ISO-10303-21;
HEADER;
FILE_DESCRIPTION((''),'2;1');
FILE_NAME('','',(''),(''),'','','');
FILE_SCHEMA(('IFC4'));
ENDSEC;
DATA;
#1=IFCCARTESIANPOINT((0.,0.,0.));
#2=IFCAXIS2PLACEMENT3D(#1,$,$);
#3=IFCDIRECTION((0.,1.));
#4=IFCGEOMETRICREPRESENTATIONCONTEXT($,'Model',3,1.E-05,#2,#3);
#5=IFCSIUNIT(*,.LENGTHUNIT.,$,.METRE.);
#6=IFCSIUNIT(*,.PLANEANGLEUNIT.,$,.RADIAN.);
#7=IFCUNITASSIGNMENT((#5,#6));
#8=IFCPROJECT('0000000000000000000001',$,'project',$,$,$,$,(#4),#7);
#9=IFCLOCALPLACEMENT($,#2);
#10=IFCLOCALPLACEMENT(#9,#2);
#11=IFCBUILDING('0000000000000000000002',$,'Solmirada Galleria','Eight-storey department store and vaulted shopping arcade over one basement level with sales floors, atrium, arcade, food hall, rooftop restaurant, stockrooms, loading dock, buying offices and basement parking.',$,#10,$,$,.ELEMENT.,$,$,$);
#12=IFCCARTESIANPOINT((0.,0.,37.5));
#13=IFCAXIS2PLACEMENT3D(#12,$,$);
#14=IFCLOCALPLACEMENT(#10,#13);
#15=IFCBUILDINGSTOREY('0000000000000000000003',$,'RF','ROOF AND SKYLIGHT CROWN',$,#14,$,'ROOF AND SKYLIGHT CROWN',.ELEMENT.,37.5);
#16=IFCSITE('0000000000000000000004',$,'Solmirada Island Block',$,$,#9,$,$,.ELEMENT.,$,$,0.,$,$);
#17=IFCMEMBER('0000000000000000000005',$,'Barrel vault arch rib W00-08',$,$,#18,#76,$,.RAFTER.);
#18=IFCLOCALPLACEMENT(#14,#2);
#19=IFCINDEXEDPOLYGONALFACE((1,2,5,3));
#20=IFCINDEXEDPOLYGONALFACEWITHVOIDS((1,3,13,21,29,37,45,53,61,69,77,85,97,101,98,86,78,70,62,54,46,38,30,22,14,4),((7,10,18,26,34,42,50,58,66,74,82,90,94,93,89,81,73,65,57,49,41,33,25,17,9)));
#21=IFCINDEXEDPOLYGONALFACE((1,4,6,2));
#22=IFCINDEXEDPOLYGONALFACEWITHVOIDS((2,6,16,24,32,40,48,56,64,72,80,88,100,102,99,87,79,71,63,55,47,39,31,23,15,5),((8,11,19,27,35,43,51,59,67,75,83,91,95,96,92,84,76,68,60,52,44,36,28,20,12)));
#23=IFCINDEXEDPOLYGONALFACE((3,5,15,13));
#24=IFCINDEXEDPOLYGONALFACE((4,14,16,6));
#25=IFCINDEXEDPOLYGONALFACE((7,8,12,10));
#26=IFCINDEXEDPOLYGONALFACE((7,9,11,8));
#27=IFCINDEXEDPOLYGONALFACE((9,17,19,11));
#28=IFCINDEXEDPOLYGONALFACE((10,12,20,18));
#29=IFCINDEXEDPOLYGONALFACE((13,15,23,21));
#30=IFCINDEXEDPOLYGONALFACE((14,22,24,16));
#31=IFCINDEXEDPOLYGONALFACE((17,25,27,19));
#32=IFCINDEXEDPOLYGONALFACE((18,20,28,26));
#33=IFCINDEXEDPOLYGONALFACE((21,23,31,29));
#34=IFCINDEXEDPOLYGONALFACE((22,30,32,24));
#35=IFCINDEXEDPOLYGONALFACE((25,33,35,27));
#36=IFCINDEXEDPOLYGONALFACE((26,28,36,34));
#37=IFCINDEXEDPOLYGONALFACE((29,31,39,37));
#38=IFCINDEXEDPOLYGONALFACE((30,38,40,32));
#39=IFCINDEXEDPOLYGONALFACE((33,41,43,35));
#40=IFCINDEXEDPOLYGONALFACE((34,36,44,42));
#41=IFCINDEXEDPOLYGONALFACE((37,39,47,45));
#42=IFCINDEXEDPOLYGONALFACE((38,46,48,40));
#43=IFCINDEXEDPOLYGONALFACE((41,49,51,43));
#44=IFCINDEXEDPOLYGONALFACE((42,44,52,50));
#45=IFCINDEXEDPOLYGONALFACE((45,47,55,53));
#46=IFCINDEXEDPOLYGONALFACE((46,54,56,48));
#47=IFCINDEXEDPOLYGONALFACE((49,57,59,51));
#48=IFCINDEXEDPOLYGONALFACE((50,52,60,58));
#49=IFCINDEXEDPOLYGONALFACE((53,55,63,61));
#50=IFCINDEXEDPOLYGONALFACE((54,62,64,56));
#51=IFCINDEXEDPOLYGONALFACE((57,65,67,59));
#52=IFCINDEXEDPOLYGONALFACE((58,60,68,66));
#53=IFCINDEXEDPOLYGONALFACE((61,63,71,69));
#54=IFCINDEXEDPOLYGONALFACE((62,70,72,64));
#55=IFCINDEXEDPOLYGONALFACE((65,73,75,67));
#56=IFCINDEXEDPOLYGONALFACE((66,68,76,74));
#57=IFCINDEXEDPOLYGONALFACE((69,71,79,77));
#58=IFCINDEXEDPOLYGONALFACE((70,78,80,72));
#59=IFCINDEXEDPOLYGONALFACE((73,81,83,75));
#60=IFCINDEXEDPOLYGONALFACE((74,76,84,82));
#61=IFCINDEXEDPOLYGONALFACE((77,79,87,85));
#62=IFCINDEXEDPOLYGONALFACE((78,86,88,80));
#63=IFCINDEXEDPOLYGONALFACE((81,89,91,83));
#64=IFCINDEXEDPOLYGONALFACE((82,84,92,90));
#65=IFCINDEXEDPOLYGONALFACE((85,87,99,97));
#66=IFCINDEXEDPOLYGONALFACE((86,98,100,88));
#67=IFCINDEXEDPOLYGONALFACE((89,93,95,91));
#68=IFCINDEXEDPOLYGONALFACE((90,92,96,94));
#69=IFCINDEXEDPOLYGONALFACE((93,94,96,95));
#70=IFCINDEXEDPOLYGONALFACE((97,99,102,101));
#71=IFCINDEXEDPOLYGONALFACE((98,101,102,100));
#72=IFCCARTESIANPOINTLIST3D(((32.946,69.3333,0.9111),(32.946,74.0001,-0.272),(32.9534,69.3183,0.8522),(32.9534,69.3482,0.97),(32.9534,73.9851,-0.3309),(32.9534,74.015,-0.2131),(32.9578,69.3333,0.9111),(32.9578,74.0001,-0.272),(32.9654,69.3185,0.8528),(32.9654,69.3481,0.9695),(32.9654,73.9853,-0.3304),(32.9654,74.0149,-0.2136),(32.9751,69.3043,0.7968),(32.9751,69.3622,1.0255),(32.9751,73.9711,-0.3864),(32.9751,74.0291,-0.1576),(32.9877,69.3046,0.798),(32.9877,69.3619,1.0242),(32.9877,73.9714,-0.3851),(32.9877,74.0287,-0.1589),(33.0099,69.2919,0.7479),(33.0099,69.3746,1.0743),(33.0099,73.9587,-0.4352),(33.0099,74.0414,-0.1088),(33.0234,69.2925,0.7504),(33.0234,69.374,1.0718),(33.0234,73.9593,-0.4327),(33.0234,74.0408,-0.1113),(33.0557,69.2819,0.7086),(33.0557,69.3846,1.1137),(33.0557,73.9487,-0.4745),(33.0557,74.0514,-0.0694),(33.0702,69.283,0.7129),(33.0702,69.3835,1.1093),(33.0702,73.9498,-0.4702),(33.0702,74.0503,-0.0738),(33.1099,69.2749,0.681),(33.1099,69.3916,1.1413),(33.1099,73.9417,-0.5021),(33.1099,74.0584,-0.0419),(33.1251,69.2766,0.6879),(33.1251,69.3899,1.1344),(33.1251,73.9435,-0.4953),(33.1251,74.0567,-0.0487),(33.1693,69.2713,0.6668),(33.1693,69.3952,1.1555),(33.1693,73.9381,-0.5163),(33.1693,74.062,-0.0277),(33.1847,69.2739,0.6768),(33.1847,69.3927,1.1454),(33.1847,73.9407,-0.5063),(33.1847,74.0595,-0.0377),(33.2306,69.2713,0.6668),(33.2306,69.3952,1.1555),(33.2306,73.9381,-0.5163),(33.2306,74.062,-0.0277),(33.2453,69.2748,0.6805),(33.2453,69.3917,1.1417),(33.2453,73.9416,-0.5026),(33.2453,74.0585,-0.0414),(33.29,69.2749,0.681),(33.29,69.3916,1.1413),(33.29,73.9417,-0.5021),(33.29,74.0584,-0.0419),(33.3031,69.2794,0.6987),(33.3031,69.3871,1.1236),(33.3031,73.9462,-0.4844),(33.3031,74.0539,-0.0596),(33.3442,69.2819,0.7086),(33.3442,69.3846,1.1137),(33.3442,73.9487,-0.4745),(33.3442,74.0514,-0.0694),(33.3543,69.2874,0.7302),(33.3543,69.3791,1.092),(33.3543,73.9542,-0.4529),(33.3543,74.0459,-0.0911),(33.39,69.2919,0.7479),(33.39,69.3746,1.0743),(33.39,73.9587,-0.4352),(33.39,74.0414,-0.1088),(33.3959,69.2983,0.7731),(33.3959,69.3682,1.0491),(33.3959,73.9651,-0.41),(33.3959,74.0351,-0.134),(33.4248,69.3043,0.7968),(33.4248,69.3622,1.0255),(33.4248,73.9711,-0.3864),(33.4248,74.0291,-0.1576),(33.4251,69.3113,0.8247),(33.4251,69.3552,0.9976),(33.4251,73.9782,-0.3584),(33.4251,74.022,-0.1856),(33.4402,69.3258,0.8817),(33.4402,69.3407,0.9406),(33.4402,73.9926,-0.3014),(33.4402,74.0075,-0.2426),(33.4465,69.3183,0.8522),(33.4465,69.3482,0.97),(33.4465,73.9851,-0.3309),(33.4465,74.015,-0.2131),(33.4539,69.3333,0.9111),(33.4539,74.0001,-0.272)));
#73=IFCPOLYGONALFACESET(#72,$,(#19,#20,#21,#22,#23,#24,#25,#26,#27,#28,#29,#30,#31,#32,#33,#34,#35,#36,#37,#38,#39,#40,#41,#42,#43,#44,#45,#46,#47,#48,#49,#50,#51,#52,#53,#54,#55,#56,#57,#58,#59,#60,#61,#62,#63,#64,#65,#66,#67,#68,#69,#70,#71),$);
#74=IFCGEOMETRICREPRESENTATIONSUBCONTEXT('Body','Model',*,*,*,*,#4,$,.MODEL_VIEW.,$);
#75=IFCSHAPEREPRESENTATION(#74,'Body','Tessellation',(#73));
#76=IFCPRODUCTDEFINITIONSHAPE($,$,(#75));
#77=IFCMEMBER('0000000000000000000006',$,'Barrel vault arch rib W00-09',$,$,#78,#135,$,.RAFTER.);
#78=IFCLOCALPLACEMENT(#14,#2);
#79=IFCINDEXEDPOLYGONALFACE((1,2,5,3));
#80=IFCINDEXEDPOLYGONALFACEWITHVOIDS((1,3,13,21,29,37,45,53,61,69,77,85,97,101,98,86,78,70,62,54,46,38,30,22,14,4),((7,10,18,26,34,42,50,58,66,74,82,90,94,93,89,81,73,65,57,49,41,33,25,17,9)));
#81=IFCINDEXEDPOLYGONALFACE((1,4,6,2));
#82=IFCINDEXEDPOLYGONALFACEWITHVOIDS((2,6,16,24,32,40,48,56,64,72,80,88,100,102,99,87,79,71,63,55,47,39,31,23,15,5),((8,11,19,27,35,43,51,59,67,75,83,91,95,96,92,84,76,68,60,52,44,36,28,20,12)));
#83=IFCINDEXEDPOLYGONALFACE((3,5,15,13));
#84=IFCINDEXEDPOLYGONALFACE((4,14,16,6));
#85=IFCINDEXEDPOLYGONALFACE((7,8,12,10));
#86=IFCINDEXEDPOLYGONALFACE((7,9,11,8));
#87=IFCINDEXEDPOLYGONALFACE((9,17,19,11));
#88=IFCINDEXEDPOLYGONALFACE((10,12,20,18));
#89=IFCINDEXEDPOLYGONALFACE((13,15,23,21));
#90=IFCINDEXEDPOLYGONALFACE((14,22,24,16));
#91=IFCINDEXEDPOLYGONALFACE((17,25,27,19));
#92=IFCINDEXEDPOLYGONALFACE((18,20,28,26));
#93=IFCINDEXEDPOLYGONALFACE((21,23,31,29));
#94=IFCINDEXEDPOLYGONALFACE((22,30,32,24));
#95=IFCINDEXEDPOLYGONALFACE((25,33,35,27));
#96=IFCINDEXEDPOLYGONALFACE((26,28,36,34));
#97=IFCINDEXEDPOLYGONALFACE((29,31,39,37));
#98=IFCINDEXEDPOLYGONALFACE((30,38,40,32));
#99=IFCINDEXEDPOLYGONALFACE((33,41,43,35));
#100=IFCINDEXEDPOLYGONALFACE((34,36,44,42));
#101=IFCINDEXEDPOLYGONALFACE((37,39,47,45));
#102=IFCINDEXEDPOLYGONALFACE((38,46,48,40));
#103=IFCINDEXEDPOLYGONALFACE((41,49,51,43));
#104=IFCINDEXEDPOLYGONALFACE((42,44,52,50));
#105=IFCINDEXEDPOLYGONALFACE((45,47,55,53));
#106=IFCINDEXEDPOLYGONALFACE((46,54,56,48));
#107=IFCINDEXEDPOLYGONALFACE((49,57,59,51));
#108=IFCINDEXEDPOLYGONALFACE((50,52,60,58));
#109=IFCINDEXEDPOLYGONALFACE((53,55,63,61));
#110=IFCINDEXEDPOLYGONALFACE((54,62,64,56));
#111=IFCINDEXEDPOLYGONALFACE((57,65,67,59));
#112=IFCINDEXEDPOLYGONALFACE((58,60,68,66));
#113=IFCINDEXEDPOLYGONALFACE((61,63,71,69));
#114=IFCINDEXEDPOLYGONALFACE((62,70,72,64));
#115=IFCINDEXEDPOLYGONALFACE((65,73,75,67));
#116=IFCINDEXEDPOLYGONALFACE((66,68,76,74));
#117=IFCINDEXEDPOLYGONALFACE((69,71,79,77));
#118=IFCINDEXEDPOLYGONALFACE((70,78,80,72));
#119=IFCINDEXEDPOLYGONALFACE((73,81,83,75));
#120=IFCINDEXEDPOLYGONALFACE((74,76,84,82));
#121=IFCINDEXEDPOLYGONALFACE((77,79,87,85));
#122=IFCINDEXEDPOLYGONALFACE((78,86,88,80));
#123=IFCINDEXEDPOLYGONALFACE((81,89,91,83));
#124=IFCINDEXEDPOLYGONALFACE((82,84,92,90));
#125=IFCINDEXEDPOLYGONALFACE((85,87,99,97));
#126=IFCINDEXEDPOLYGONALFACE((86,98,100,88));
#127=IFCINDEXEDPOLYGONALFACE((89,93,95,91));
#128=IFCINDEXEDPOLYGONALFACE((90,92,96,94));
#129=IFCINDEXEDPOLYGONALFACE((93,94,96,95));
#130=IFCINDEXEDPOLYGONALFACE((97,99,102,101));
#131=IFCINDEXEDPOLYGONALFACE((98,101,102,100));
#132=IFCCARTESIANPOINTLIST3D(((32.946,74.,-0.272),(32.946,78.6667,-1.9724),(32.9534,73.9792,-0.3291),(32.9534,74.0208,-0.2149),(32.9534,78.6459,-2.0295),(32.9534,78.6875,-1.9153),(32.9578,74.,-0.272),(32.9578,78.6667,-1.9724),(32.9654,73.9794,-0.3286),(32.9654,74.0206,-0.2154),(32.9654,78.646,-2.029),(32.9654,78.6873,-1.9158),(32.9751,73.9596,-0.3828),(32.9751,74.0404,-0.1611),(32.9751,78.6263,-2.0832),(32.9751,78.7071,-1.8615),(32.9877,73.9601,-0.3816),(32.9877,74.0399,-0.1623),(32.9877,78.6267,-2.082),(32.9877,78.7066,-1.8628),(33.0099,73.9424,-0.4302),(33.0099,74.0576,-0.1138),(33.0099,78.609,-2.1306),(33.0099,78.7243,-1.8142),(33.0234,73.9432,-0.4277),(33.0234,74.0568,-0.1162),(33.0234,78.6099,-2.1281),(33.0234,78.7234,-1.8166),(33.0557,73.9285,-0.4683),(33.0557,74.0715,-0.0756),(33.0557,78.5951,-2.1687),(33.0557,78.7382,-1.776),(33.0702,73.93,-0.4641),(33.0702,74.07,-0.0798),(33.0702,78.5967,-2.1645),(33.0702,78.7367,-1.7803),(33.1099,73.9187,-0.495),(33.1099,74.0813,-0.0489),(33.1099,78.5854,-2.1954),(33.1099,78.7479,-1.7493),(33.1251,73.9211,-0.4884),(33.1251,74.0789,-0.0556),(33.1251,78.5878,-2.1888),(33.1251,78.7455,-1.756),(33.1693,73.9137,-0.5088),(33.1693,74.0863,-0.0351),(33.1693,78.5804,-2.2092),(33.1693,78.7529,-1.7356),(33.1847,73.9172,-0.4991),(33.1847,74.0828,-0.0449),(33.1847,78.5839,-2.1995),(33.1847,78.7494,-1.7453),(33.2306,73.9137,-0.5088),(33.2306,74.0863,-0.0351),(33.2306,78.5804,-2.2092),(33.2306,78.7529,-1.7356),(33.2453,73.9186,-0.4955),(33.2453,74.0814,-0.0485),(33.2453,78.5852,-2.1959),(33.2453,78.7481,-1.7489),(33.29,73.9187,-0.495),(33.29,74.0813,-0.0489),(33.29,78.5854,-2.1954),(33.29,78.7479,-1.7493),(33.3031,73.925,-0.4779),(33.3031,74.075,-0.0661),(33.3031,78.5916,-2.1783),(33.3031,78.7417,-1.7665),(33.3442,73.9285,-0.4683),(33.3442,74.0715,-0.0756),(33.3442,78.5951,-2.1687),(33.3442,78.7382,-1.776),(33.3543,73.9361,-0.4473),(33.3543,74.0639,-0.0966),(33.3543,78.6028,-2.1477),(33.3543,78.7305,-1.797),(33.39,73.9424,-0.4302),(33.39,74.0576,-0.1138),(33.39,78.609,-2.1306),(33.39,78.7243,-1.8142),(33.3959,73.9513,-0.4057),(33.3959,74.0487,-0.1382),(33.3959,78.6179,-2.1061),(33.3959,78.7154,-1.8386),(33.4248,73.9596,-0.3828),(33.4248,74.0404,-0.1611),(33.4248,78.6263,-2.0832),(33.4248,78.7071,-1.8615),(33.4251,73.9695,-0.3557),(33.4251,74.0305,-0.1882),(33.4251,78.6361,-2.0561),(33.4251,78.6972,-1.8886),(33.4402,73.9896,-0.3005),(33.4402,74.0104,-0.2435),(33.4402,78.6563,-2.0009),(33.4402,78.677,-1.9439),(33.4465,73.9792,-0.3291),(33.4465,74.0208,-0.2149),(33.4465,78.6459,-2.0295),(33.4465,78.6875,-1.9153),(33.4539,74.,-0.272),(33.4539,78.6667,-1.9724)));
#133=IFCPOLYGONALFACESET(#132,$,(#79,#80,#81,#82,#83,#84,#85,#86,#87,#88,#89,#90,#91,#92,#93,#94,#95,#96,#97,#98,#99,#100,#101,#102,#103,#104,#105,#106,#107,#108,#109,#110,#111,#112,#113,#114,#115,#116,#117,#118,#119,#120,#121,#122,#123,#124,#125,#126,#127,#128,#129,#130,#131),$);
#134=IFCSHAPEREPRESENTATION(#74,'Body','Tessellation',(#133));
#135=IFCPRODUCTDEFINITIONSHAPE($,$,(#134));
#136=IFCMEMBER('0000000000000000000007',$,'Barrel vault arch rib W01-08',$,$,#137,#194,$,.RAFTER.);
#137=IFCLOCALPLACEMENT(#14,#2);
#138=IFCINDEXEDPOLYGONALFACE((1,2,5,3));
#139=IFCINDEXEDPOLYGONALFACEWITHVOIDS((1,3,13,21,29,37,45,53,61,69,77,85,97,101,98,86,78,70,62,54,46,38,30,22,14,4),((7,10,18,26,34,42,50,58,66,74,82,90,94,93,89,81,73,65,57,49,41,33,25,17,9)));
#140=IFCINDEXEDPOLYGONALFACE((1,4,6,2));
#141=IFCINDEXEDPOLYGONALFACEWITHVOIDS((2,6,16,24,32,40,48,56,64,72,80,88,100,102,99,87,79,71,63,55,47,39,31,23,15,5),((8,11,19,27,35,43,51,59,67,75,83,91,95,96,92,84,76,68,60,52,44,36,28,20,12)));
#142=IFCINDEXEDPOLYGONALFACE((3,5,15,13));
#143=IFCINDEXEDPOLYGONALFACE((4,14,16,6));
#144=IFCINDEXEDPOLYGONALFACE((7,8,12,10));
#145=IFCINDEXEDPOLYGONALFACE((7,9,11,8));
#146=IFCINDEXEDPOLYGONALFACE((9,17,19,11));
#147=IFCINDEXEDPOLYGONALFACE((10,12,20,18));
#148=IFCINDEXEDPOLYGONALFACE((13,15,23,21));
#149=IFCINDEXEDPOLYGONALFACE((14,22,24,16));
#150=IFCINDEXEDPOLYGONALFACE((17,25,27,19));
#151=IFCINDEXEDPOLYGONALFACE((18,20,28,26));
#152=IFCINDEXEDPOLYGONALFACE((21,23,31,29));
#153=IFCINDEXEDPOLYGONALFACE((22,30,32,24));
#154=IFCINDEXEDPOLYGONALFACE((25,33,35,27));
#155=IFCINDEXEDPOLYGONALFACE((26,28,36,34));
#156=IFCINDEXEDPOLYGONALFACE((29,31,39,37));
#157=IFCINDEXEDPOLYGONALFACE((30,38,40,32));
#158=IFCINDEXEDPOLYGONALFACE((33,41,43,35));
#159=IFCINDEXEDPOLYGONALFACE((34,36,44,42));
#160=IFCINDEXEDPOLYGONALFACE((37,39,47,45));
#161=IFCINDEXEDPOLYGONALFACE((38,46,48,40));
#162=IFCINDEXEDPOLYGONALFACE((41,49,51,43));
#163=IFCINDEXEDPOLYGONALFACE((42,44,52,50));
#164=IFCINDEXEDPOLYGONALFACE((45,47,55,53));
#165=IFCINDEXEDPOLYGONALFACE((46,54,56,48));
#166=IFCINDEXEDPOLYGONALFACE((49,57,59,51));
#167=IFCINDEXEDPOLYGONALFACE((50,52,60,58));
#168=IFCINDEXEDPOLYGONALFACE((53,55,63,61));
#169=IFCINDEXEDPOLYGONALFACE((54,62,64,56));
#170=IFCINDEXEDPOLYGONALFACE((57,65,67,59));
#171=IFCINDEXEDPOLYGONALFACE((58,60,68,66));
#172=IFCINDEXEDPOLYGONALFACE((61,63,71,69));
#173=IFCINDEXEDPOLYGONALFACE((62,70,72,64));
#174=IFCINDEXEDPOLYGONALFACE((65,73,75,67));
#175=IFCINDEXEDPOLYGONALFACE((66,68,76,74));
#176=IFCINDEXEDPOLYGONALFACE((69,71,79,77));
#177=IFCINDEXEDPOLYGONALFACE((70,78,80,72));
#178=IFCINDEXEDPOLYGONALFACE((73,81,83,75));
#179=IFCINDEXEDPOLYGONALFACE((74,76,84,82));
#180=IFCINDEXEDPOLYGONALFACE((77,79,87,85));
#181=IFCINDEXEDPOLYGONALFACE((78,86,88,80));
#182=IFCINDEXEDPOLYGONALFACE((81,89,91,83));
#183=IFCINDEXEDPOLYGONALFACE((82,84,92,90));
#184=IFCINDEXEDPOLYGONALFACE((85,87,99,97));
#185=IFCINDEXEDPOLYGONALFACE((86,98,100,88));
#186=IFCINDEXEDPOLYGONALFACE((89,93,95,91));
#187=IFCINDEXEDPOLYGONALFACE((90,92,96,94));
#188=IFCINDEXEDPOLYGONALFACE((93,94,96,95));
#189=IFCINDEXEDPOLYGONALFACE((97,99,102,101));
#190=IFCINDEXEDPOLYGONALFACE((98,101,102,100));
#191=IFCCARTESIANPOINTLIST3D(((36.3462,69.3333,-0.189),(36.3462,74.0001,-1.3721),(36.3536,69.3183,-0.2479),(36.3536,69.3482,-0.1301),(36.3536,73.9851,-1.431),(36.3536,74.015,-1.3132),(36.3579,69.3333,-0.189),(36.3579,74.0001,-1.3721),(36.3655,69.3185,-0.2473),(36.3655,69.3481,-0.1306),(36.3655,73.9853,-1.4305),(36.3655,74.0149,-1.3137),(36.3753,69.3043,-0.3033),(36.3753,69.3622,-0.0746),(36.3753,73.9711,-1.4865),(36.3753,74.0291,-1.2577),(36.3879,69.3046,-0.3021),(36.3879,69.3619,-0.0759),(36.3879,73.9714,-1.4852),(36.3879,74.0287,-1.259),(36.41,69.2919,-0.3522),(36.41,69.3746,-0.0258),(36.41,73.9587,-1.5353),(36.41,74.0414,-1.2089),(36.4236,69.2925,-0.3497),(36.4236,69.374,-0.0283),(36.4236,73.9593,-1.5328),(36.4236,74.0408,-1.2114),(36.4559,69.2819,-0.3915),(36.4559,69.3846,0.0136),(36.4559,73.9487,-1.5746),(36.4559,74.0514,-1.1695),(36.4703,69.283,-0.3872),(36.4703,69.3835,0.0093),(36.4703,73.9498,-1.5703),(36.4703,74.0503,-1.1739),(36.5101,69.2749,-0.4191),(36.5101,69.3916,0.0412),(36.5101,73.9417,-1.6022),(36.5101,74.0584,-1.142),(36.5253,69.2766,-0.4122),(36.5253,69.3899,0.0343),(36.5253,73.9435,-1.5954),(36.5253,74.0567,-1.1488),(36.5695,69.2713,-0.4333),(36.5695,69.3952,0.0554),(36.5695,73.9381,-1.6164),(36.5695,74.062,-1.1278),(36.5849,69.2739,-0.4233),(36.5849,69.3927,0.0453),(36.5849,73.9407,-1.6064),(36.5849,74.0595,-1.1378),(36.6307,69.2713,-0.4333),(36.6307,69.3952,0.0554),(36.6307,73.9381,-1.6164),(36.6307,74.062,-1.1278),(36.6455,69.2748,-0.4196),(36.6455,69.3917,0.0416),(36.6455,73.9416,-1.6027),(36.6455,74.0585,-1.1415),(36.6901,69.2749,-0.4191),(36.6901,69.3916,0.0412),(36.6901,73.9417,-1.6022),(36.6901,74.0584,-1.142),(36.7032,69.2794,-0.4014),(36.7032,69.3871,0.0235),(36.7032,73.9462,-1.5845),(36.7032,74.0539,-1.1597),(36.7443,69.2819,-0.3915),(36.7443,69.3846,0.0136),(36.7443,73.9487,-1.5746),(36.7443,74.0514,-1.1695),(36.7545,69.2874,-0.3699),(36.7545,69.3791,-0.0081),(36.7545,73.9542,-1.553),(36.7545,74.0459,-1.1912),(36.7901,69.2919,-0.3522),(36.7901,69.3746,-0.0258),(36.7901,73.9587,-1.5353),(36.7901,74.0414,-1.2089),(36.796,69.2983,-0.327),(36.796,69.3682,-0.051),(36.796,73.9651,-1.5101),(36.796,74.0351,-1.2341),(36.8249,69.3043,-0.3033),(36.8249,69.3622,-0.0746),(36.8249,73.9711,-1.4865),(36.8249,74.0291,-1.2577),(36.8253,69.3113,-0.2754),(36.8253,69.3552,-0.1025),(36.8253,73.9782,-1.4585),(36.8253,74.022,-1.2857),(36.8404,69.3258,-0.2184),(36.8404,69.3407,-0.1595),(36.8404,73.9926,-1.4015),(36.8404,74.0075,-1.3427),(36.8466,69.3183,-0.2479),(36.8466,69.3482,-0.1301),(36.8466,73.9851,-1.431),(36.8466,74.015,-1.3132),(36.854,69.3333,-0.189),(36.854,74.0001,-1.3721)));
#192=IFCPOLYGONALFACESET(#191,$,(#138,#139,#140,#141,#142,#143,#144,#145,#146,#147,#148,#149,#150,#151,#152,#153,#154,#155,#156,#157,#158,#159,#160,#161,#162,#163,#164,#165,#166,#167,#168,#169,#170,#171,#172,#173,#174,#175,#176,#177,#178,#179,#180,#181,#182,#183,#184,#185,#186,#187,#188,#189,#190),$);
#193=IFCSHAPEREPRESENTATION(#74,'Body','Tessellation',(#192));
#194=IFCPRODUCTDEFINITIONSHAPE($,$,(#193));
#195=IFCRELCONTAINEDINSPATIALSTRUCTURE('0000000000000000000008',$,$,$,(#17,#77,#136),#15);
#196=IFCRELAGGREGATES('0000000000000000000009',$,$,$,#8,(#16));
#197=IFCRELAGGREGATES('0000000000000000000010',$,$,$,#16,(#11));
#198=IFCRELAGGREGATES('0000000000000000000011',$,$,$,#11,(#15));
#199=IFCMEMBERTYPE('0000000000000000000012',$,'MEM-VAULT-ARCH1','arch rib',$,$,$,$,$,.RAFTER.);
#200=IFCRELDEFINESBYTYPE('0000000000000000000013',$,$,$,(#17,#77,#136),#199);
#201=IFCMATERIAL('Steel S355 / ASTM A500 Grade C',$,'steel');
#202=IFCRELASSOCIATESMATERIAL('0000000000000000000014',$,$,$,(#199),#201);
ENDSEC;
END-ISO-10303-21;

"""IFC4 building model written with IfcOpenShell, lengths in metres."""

from ifc_helpers import new_model, si_unit, direction, frame, origin, origin_2d, place, context, subcontext, project, spatial, hollow_circle, extrude, material, material_profile, profile_set, type_object, element, save


model = new_model("IFC4")

# Units and contexts
model_context = context("Model", 3, precision=1e-05, world=origin(), true_north=direction((0.0, 1.0)))
body_context = subcontext(model_context, "Body", "Model", "MODEL_VIEW")
ifc_project = project(units=[si_unit("LENGTHUNIT", "METRE"), si_unit("PLANEANGLEUNIT", "RADIAN")], contexts=[model_context])

# Site, building, storey
site_placement = place(None, origin())
site = spatial("IfcSite", under=ifc_project, at=site_placement, Name="Solmirada Island Block", CompositionType="ELEMENT", RefElevation=0.0)
building_placement = place(site_placement, origin())
building = spatial("IfcBuilding", under=site, at=building_placement, Name="Solmirada Galleria", Description="Eight-storey department store and vaulted shopping arcade over one basement level with sales floors, atrium, arcade, food hall, rooftop restaurant, stockrooms, loading dock, buying offices and basement parking.", CompositionType="ELEMENT")
storey_placement = place(building_placement, frame((0.0, 0.0, 37.5)))
storey = spatial("IfcBuildingStorey", under=building, at=storey_placement, Name="RF", Description="ROOF AND SKYLIGHT CROWN", LongName="ROOF AND SKYLIGHT CROWN", CompositionType="ELEMENT", Elevation=37.5)

# Members
ifc_material_1 = material(Name="Steel S355 / ASTM A500 Grade C", Category="steel")
ifc_material_profile_1 = material_profile(ifc_material_1, hollow_circle(Radius=0.2539, WallThickness=0.0117, at=origin_2d()), Name="HSS20.000X0.500")
ifc_profile_set_1 = profile_set([ifc_material_profile_1], Name="Steel S355 / ASTM A500 Grade C")
member_type_1 = type_object("IfcMemberType", Name="MEM-VAULT-ARCH1", Description="arch rib", PredefinedType="RAFTER", material=ifc_profile_set_1)
member_1_placement = place(storey_placement, frame((33.2, 69.3333, 0.9111), z_axis=(0.0, 0.969335, -0.245744), x_axis=(-1.0, 0.0, 0.0)))
element("IfcMember", 1, at=member_1_placement, inside=storey, type_object=member_type_1, Name="Barrel vault arch rib W00-08", PredefinedType="RAFTER", context=body_context, shape_type="SweptSolid", body=[
    extrude(hollow_circle(Radius=0.2539, WallThickness=0.0117, at=origin_2d()), origin(), (0.0, 0.0, 1.0), 4.8145),
])
member_2_placement = place(storey_placement, frame((33.2, 74.0, -0.272), z_axis=(0.0, 0.939571, -0.342355), x_axis=(-1.0, 0.0, 0.0)))
element("IfcMember", 2, at=member_2_placement, inside=storey, type_object=member_type_1, Name="Barrel vault arch rib W00-09", PredefinedType="RAFTER", context=body_context, shape_type="SweptSolid", body=[
    extrude(hollow_circle(Radius=0.2539, WallThickness=0.0117, at=origin_2d()), origin(), (0.0, 0.0, 1.0), 4.9668),
])
member_3_placement = place(storey_placement, frame((36.6001, 69.3333, -0.189), z_axis=(0.0, 0.969335, -0.245744), x_axis=(-1.0, 0.0, 0.0)))
element("IfcMember", 3, at=member_3_placement, inside=storey, type_object=member_type_1, Name="Barrel vault arch rib W01-08", PredefinedType="RAFTER", context=body_context, shape_type="SweptSolid", body=[
    extrude(hollow_circle(Radius=0.2539, WallThickness=0.0117, at=origin_2d()), origin(), (0.0, 0.0, 1.0), 4.8145),
])

save(model, "model.ifc")
